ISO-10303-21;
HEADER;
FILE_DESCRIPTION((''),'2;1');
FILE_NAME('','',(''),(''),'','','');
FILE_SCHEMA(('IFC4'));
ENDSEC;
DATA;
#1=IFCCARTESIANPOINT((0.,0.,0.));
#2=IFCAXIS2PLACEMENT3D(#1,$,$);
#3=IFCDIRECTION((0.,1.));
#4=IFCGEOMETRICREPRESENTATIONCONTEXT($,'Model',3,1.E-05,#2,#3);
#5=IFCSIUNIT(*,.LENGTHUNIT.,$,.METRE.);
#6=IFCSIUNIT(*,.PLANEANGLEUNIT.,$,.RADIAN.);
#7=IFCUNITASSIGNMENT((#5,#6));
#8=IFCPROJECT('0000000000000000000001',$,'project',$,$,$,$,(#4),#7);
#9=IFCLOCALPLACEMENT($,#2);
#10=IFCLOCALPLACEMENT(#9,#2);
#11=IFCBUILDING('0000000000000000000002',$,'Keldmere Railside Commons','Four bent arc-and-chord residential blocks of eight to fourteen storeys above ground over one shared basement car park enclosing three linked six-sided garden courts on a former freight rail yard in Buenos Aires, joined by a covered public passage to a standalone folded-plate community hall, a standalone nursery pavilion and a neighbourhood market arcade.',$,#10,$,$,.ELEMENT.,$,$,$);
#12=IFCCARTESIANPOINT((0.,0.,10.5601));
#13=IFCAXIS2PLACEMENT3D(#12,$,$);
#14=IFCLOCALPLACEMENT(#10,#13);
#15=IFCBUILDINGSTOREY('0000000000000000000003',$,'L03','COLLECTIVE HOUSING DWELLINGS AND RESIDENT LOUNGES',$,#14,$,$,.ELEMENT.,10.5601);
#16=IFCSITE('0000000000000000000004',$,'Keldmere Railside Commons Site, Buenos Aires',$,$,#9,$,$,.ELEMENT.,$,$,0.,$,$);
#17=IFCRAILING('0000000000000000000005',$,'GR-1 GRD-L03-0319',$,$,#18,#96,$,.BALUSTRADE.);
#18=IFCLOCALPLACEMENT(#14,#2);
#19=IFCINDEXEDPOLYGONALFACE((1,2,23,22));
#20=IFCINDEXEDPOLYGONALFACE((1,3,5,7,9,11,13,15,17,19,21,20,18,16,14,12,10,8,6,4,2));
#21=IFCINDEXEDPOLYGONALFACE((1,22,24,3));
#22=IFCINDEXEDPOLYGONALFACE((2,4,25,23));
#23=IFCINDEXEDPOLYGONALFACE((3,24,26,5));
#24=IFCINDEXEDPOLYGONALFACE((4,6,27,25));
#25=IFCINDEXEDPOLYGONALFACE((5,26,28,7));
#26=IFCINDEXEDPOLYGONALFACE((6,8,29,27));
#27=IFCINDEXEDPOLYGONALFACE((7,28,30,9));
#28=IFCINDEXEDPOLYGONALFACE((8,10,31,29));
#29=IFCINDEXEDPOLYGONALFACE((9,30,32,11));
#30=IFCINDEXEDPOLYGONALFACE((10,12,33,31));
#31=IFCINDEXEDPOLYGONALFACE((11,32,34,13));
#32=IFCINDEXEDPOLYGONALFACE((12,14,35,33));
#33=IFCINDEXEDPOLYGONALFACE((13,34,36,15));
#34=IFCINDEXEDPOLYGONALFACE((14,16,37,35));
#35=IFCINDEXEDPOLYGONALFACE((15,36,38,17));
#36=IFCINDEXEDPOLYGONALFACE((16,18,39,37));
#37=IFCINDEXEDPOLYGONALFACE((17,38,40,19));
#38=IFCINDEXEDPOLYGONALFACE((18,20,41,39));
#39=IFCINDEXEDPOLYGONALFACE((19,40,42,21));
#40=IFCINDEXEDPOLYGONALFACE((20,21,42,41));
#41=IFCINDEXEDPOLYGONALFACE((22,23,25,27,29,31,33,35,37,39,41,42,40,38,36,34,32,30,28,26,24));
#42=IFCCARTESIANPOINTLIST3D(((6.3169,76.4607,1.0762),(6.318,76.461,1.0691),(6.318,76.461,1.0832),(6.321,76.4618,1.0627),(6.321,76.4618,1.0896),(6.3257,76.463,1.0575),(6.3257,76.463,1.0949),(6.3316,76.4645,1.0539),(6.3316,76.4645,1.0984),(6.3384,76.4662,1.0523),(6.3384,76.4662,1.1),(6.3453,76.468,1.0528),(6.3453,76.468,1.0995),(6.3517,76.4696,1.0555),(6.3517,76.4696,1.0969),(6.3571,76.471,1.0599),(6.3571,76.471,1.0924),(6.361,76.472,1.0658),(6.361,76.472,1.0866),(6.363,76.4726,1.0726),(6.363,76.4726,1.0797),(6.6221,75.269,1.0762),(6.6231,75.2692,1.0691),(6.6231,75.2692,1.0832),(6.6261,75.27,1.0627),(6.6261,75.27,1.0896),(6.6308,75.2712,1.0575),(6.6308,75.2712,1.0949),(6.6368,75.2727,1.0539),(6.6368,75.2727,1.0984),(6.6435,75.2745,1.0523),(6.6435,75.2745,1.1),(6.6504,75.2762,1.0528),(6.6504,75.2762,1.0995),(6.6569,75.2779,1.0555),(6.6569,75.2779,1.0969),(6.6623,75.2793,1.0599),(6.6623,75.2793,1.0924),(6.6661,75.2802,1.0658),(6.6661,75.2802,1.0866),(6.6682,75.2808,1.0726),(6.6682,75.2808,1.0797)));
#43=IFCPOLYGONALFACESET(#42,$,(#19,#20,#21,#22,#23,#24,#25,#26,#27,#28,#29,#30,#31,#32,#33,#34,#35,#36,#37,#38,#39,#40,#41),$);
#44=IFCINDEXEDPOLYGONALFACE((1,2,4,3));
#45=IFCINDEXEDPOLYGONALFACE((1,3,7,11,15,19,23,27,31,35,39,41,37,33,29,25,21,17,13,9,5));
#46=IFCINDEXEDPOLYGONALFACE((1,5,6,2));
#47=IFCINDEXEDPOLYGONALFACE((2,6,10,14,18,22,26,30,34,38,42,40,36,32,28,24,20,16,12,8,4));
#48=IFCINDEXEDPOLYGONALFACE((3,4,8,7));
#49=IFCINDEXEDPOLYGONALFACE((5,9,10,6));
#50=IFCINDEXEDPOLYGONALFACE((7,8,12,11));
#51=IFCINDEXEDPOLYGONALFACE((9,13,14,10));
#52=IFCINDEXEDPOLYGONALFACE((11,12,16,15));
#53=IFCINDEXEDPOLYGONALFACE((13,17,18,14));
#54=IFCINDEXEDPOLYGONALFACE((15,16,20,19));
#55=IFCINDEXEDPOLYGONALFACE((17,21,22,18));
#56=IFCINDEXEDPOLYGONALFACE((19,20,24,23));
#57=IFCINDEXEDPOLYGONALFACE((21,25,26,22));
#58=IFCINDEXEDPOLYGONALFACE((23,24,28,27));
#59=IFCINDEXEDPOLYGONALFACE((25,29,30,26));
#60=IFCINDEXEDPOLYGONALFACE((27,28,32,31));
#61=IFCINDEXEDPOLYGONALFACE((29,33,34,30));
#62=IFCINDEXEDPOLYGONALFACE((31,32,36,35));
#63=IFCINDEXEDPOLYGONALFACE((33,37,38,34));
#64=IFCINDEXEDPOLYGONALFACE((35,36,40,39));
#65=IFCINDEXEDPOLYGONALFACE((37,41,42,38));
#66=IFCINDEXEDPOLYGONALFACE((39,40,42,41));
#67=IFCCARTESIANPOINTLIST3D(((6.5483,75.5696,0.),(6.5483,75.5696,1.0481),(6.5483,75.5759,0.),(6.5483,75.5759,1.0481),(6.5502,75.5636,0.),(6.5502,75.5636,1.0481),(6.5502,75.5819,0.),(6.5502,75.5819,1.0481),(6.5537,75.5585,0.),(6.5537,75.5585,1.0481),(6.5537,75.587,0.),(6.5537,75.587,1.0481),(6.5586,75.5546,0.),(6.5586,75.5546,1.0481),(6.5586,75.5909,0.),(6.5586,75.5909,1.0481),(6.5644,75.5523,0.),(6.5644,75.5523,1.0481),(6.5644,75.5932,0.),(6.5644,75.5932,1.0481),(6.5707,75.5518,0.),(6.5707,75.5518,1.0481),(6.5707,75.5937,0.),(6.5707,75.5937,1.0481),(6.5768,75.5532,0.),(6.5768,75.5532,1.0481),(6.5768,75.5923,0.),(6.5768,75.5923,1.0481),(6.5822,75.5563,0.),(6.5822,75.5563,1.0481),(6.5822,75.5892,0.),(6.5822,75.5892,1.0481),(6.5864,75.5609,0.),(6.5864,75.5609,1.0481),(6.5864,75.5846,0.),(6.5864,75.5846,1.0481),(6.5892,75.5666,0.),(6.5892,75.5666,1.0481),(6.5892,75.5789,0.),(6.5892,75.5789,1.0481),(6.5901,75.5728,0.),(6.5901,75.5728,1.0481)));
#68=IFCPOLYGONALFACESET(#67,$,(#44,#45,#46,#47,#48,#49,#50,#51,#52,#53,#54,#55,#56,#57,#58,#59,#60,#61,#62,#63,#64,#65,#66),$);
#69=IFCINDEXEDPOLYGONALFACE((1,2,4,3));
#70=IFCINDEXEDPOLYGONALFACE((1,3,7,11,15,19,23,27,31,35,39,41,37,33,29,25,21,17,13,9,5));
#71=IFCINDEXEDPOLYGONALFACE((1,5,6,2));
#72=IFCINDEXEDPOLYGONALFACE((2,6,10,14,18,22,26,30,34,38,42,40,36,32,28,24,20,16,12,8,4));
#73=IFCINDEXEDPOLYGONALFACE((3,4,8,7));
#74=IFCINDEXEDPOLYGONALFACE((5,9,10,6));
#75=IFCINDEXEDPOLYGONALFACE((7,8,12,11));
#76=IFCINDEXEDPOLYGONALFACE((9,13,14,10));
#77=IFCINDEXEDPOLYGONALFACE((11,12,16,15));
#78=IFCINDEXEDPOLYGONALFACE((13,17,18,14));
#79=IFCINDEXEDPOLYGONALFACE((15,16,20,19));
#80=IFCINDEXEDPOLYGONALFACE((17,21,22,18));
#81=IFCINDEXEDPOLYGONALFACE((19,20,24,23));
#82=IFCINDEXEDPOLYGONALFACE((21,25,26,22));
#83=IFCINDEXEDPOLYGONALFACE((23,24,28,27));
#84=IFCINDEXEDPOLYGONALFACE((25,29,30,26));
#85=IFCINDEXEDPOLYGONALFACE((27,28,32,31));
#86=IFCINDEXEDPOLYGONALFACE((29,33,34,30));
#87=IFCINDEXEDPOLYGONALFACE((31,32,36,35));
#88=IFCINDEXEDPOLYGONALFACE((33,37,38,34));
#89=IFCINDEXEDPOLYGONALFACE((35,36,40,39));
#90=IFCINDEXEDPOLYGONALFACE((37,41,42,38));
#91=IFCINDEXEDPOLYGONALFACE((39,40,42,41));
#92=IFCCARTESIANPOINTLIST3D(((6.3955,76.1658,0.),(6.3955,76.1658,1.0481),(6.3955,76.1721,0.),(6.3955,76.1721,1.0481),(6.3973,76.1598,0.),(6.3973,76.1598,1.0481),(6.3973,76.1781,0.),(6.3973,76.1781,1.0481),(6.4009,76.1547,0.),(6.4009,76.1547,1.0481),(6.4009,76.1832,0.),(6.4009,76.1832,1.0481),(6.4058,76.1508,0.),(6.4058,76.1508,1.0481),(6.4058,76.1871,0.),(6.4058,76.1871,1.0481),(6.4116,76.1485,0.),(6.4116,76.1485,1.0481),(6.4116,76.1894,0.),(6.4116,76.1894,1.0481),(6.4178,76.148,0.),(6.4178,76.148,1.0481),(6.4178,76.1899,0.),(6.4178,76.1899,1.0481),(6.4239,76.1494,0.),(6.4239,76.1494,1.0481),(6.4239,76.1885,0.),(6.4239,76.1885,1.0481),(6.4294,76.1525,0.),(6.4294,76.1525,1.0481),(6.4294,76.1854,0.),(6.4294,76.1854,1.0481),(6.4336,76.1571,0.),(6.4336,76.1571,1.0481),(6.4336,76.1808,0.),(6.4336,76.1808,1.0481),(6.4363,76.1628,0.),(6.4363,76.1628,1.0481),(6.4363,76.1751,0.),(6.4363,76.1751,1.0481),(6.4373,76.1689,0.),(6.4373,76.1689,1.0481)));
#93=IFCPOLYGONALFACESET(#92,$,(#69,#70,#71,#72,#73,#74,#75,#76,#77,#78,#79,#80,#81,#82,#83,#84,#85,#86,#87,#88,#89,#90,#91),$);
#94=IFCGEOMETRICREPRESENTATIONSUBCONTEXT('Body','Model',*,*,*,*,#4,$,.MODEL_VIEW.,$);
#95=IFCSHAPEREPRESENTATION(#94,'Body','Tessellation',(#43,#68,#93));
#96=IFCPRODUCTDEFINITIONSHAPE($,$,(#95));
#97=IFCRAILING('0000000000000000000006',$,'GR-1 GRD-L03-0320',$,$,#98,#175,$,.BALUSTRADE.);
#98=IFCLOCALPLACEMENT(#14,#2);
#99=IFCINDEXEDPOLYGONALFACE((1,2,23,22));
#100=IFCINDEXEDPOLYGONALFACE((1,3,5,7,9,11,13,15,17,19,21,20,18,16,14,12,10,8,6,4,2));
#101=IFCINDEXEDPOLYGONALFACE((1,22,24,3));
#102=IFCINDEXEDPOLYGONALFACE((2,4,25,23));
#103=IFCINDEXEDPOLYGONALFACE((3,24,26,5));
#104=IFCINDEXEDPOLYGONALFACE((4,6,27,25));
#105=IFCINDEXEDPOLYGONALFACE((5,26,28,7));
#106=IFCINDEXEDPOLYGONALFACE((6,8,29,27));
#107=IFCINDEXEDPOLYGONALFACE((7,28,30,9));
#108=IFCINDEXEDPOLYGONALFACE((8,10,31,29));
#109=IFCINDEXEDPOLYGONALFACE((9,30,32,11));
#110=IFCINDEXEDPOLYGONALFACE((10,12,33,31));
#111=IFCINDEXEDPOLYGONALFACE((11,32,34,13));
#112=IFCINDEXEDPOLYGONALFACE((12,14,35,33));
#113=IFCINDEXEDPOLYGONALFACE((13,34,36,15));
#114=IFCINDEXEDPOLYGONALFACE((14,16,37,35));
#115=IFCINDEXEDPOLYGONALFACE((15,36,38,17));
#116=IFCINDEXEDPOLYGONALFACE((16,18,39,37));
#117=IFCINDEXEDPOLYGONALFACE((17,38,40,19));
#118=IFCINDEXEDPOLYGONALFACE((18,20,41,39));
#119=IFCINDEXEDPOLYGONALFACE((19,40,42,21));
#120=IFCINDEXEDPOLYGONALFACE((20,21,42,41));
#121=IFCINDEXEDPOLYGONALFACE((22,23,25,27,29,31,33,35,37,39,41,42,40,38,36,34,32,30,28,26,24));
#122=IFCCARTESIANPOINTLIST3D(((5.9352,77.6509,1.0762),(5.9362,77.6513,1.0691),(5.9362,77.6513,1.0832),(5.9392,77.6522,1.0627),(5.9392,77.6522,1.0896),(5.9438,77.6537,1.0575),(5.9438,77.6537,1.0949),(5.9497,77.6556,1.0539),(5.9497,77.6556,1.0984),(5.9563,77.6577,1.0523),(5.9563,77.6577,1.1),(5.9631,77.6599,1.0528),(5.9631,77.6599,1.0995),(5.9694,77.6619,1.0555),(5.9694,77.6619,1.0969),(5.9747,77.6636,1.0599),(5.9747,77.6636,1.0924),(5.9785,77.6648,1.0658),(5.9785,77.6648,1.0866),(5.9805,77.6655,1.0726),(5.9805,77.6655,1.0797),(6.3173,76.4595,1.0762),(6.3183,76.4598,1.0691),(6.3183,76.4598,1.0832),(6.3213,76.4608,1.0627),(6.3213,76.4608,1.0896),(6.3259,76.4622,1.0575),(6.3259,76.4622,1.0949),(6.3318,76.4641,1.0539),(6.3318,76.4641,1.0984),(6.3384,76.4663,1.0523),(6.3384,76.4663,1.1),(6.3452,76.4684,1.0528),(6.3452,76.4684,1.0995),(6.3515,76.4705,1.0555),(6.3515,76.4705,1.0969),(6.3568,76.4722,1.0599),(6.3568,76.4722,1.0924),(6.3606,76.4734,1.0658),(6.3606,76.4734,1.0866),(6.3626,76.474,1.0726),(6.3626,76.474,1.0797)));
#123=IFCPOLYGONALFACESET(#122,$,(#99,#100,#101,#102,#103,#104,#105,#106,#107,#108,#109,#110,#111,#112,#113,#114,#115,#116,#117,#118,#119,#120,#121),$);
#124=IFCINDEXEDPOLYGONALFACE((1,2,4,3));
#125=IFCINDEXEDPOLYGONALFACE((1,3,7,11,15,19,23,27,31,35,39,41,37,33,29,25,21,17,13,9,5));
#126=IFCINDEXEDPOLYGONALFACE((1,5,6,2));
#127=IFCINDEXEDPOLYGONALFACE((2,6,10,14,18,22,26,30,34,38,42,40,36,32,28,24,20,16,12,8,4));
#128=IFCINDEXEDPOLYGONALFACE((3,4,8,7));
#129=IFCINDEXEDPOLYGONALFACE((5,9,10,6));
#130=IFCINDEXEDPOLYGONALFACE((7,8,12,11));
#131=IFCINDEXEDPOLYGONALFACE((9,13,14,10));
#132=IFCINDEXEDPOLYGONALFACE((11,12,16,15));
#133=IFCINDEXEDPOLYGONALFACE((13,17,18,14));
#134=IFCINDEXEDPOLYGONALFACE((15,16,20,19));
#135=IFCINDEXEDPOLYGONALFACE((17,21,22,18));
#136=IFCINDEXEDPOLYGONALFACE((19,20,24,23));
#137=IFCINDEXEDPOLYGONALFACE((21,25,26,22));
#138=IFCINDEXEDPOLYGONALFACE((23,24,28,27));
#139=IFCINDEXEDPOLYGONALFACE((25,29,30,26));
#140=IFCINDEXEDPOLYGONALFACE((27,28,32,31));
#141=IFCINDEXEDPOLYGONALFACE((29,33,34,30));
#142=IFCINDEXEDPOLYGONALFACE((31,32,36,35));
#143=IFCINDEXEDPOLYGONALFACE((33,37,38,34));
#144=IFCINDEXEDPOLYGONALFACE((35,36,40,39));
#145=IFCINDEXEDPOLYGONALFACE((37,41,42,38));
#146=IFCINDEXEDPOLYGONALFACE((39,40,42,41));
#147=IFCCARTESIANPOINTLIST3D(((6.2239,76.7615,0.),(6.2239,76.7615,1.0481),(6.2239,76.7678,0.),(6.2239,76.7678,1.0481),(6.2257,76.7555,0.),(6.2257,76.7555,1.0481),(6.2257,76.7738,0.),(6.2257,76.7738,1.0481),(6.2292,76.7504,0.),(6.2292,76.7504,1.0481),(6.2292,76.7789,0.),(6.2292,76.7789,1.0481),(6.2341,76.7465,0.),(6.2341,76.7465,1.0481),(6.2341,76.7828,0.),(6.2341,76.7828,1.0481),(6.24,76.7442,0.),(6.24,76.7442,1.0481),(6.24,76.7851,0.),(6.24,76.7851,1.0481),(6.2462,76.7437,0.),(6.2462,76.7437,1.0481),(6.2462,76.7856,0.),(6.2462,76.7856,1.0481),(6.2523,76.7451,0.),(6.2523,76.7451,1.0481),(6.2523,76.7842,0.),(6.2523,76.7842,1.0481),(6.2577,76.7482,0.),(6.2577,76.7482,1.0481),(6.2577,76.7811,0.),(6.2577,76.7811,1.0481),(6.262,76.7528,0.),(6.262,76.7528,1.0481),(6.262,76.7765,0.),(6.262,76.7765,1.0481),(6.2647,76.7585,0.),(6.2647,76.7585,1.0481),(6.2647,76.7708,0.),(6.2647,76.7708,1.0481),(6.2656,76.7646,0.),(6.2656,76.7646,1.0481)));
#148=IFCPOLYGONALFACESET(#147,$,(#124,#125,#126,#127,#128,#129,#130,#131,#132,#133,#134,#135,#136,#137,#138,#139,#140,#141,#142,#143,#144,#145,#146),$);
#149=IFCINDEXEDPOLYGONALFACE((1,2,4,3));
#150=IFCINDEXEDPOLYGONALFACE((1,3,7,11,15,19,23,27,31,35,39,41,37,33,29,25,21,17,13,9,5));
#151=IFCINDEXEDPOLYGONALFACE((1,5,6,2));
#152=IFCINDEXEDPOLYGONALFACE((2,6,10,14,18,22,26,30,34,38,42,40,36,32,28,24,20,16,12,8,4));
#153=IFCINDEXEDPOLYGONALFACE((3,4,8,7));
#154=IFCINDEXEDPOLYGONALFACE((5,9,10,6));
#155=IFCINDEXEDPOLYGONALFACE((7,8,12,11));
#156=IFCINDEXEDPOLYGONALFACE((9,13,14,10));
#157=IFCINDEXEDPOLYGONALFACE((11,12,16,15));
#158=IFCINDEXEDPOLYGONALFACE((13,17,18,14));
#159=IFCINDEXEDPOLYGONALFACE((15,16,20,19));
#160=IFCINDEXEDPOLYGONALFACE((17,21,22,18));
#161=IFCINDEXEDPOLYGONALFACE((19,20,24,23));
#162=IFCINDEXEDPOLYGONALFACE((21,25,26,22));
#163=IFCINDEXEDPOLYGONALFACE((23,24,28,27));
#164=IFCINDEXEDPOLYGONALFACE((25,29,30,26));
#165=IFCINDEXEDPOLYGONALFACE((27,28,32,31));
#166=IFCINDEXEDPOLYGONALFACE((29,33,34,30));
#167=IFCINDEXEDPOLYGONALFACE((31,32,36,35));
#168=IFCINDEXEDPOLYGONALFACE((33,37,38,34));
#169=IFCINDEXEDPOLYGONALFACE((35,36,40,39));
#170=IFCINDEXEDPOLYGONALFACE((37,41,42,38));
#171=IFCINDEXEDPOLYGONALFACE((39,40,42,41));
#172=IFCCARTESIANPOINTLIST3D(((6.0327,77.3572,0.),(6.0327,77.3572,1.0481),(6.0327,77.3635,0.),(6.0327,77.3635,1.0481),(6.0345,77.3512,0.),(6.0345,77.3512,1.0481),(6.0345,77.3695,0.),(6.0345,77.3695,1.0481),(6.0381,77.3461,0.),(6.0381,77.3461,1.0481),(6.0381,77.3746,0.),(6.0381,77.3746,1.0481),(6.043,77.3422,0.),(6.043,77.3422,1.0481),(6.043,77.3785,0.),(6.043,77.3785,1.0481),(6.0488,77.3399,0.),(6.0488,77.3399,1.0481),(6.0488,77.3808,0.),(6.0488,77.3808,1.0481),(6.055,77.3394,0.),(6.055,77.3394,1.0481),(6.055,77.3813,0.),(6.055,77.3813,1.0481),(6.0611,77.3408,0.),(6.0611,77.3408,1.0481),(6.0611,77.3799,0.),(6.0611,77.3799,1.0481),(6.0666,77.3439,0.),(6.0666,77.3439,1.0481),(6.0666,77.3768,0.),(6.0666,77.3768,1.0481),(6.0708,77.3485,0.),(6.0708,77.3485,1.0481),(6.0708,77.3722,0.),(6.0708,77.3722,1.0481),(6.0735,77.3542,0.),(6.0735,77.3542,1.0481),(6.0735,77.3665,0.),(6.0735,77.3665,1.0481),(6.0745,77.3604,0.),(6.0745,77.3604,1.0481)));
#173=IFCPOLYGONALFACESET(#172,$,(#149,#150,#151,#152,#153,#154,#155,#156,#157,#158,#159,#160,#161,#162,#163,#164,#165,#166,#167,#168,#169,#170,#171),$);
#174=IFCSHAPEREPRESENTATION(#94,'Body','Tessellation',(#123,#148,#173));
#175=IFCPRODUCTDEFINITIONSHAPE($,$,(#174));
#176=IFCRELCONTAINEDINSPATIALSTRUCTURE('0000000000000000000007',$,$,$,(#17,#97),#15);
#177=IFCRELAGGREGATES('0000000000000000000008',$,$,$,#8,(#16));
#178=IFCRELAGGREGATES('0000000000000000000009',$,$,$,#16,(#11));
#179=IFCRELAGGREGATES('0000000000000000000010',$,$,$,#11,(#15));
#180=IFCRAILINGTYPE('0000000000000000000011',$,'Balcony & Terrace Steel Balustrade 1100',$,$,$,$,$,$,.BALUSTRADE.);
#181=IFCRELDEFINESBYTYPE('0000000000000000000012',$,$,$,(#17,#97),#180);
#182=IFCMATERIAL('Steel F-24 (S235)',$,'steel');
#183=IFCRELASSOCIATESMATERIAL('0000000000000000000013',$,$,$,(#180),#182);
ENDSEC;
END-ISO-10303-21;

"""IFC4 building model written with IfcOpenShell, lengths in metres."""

from ifc_helpers import new_model, si_unit, direction, frame, origin, origin_2d, place, context, subcontext, project, spatial, circle, extrude, material, type_object, element, save


model = new_model("IFC4")

# Units and contexts
model_context = context("Model", 3, precision=1e-05, world=origin(), true_north=direction((0.0, 1.0)))
body_context = subcontext(model_context, "Body", "Model", "MODEL_VIEW")
ifc_project = project(units=[si_unit("LENGTHUNIT", "METRE"), si_unit("PLANEANGLEUNIT", "RADIAN")], contexts=[model_context])

# Site, building, storey
site_placement = place(None, origin())
site = spatial("IfcSite", under=ifc_project, at=site_placement, Name="Keldmere Railside Commons Site, Buenos Aires", CompositionType="ELEMENT", RefElevation=0.0)
building_placement = place(site_placement, origin())
building = spatial("IfcBuilding", under=site, at=building_placement, Name="Keldmere Railside Commons", Description="Four bent arc-and-chord residential blocks of eight to fourteen storeys above ground over one shared basement car park enclosing three linked six-sided garden courts on a former freight rail yard in Buenos Aires, joined by a covered public passage to a standalone folded-plate community hall, a standalone nursery pavilion and a neighbourhood market arcade.", CompositionType="ELEMENT")
storey_placement = place(building_placement, frame((0.0, 0.0, 10.5601)))
storey = spatial("IfcBuildingStorey", under=building, at=storey_placement, Name="L03", Description="COLLECTIVE HOUSING DWELLINGS AND RESIDENT LOUNGES", CompositionType="ELEMENT", Elevation=10.5601)

# Shared definitions
ifc_material_1 = material(Name="Steel F-24 (S235)", Category="steel")

# Railings
railing_type_1 = type_object("IfcRailingType", Name="Balcony & Terrace Steel Balustrade 1100", PredefinedType="BALUSTRADE", material=ifc_material_1)
railing_1_placement = place(storey_placement, frame((6.6453, 75.2749, 0.0)))
element("IfcRailing", 1, at=railing_1_placement, inside=storey, type_object=railing_type_1, Name="GR-1 GRD-L03-0319", PredefinedType="BALUSTRADE", context=body_context, shape_type="SweptSolid", body=[
    extrude(circle(Radius=0.0239, at=origin_2d()), frame((0.0, 0.0, 1.0762), z_axis=(-0.248041, 0.968749, 0.0), x_axis=(-0.968749, -0.248041, 0.0)), (0.0, 0.0, 1.0), 1.2302),
    extrude(circle(Radius=0.021, at=origin_2d()), frame((-0.0762, 0.2979, 0.0)), (0.0, 0.0, 1.0), 1.0481),
    extrude(circle(Radius=0.021, at=origin_2d()), frame((-0.229, 0.894, 0.0)), (0.0, 0.0, 1.0), 1.0481),
])
railing_2_placement = place(storey_placement, frame((6.3401, 76.4668, 0.0)))
element("IfcRailing", 2, at=railing_2_placement, inside=storey, type_object=railing_type_1, Name="GR-1 GRD-L03-0320", PredefinedType="BALUSTRADE", context=body_context, shape_type="SweptSolid", body=[
    extrude(circle(Radius=0.0239, at=origin_2d()), frame((0.0, 0.0, 1.0762), z_axis=(-0.305377, 0.952231, 0.0), x_axis=(-0.952231, -0.305377, 0.0)), (0.0, 0.0, 1.0), 1.2512),
    extrude(circle(Radius=0.021, at=origin_2d()), frame((-0.0955, 0.2979, 0.0)), (0.0, 0.0, 1.0), 1.0481),
    extrude(circle(Radius=0.021, at=origin_2d()), frame((-0.2866, 0.8936, 0.0)), (0.0, 0.0, 1.0), 1.0481),
])

save(model, "model.ifc")
